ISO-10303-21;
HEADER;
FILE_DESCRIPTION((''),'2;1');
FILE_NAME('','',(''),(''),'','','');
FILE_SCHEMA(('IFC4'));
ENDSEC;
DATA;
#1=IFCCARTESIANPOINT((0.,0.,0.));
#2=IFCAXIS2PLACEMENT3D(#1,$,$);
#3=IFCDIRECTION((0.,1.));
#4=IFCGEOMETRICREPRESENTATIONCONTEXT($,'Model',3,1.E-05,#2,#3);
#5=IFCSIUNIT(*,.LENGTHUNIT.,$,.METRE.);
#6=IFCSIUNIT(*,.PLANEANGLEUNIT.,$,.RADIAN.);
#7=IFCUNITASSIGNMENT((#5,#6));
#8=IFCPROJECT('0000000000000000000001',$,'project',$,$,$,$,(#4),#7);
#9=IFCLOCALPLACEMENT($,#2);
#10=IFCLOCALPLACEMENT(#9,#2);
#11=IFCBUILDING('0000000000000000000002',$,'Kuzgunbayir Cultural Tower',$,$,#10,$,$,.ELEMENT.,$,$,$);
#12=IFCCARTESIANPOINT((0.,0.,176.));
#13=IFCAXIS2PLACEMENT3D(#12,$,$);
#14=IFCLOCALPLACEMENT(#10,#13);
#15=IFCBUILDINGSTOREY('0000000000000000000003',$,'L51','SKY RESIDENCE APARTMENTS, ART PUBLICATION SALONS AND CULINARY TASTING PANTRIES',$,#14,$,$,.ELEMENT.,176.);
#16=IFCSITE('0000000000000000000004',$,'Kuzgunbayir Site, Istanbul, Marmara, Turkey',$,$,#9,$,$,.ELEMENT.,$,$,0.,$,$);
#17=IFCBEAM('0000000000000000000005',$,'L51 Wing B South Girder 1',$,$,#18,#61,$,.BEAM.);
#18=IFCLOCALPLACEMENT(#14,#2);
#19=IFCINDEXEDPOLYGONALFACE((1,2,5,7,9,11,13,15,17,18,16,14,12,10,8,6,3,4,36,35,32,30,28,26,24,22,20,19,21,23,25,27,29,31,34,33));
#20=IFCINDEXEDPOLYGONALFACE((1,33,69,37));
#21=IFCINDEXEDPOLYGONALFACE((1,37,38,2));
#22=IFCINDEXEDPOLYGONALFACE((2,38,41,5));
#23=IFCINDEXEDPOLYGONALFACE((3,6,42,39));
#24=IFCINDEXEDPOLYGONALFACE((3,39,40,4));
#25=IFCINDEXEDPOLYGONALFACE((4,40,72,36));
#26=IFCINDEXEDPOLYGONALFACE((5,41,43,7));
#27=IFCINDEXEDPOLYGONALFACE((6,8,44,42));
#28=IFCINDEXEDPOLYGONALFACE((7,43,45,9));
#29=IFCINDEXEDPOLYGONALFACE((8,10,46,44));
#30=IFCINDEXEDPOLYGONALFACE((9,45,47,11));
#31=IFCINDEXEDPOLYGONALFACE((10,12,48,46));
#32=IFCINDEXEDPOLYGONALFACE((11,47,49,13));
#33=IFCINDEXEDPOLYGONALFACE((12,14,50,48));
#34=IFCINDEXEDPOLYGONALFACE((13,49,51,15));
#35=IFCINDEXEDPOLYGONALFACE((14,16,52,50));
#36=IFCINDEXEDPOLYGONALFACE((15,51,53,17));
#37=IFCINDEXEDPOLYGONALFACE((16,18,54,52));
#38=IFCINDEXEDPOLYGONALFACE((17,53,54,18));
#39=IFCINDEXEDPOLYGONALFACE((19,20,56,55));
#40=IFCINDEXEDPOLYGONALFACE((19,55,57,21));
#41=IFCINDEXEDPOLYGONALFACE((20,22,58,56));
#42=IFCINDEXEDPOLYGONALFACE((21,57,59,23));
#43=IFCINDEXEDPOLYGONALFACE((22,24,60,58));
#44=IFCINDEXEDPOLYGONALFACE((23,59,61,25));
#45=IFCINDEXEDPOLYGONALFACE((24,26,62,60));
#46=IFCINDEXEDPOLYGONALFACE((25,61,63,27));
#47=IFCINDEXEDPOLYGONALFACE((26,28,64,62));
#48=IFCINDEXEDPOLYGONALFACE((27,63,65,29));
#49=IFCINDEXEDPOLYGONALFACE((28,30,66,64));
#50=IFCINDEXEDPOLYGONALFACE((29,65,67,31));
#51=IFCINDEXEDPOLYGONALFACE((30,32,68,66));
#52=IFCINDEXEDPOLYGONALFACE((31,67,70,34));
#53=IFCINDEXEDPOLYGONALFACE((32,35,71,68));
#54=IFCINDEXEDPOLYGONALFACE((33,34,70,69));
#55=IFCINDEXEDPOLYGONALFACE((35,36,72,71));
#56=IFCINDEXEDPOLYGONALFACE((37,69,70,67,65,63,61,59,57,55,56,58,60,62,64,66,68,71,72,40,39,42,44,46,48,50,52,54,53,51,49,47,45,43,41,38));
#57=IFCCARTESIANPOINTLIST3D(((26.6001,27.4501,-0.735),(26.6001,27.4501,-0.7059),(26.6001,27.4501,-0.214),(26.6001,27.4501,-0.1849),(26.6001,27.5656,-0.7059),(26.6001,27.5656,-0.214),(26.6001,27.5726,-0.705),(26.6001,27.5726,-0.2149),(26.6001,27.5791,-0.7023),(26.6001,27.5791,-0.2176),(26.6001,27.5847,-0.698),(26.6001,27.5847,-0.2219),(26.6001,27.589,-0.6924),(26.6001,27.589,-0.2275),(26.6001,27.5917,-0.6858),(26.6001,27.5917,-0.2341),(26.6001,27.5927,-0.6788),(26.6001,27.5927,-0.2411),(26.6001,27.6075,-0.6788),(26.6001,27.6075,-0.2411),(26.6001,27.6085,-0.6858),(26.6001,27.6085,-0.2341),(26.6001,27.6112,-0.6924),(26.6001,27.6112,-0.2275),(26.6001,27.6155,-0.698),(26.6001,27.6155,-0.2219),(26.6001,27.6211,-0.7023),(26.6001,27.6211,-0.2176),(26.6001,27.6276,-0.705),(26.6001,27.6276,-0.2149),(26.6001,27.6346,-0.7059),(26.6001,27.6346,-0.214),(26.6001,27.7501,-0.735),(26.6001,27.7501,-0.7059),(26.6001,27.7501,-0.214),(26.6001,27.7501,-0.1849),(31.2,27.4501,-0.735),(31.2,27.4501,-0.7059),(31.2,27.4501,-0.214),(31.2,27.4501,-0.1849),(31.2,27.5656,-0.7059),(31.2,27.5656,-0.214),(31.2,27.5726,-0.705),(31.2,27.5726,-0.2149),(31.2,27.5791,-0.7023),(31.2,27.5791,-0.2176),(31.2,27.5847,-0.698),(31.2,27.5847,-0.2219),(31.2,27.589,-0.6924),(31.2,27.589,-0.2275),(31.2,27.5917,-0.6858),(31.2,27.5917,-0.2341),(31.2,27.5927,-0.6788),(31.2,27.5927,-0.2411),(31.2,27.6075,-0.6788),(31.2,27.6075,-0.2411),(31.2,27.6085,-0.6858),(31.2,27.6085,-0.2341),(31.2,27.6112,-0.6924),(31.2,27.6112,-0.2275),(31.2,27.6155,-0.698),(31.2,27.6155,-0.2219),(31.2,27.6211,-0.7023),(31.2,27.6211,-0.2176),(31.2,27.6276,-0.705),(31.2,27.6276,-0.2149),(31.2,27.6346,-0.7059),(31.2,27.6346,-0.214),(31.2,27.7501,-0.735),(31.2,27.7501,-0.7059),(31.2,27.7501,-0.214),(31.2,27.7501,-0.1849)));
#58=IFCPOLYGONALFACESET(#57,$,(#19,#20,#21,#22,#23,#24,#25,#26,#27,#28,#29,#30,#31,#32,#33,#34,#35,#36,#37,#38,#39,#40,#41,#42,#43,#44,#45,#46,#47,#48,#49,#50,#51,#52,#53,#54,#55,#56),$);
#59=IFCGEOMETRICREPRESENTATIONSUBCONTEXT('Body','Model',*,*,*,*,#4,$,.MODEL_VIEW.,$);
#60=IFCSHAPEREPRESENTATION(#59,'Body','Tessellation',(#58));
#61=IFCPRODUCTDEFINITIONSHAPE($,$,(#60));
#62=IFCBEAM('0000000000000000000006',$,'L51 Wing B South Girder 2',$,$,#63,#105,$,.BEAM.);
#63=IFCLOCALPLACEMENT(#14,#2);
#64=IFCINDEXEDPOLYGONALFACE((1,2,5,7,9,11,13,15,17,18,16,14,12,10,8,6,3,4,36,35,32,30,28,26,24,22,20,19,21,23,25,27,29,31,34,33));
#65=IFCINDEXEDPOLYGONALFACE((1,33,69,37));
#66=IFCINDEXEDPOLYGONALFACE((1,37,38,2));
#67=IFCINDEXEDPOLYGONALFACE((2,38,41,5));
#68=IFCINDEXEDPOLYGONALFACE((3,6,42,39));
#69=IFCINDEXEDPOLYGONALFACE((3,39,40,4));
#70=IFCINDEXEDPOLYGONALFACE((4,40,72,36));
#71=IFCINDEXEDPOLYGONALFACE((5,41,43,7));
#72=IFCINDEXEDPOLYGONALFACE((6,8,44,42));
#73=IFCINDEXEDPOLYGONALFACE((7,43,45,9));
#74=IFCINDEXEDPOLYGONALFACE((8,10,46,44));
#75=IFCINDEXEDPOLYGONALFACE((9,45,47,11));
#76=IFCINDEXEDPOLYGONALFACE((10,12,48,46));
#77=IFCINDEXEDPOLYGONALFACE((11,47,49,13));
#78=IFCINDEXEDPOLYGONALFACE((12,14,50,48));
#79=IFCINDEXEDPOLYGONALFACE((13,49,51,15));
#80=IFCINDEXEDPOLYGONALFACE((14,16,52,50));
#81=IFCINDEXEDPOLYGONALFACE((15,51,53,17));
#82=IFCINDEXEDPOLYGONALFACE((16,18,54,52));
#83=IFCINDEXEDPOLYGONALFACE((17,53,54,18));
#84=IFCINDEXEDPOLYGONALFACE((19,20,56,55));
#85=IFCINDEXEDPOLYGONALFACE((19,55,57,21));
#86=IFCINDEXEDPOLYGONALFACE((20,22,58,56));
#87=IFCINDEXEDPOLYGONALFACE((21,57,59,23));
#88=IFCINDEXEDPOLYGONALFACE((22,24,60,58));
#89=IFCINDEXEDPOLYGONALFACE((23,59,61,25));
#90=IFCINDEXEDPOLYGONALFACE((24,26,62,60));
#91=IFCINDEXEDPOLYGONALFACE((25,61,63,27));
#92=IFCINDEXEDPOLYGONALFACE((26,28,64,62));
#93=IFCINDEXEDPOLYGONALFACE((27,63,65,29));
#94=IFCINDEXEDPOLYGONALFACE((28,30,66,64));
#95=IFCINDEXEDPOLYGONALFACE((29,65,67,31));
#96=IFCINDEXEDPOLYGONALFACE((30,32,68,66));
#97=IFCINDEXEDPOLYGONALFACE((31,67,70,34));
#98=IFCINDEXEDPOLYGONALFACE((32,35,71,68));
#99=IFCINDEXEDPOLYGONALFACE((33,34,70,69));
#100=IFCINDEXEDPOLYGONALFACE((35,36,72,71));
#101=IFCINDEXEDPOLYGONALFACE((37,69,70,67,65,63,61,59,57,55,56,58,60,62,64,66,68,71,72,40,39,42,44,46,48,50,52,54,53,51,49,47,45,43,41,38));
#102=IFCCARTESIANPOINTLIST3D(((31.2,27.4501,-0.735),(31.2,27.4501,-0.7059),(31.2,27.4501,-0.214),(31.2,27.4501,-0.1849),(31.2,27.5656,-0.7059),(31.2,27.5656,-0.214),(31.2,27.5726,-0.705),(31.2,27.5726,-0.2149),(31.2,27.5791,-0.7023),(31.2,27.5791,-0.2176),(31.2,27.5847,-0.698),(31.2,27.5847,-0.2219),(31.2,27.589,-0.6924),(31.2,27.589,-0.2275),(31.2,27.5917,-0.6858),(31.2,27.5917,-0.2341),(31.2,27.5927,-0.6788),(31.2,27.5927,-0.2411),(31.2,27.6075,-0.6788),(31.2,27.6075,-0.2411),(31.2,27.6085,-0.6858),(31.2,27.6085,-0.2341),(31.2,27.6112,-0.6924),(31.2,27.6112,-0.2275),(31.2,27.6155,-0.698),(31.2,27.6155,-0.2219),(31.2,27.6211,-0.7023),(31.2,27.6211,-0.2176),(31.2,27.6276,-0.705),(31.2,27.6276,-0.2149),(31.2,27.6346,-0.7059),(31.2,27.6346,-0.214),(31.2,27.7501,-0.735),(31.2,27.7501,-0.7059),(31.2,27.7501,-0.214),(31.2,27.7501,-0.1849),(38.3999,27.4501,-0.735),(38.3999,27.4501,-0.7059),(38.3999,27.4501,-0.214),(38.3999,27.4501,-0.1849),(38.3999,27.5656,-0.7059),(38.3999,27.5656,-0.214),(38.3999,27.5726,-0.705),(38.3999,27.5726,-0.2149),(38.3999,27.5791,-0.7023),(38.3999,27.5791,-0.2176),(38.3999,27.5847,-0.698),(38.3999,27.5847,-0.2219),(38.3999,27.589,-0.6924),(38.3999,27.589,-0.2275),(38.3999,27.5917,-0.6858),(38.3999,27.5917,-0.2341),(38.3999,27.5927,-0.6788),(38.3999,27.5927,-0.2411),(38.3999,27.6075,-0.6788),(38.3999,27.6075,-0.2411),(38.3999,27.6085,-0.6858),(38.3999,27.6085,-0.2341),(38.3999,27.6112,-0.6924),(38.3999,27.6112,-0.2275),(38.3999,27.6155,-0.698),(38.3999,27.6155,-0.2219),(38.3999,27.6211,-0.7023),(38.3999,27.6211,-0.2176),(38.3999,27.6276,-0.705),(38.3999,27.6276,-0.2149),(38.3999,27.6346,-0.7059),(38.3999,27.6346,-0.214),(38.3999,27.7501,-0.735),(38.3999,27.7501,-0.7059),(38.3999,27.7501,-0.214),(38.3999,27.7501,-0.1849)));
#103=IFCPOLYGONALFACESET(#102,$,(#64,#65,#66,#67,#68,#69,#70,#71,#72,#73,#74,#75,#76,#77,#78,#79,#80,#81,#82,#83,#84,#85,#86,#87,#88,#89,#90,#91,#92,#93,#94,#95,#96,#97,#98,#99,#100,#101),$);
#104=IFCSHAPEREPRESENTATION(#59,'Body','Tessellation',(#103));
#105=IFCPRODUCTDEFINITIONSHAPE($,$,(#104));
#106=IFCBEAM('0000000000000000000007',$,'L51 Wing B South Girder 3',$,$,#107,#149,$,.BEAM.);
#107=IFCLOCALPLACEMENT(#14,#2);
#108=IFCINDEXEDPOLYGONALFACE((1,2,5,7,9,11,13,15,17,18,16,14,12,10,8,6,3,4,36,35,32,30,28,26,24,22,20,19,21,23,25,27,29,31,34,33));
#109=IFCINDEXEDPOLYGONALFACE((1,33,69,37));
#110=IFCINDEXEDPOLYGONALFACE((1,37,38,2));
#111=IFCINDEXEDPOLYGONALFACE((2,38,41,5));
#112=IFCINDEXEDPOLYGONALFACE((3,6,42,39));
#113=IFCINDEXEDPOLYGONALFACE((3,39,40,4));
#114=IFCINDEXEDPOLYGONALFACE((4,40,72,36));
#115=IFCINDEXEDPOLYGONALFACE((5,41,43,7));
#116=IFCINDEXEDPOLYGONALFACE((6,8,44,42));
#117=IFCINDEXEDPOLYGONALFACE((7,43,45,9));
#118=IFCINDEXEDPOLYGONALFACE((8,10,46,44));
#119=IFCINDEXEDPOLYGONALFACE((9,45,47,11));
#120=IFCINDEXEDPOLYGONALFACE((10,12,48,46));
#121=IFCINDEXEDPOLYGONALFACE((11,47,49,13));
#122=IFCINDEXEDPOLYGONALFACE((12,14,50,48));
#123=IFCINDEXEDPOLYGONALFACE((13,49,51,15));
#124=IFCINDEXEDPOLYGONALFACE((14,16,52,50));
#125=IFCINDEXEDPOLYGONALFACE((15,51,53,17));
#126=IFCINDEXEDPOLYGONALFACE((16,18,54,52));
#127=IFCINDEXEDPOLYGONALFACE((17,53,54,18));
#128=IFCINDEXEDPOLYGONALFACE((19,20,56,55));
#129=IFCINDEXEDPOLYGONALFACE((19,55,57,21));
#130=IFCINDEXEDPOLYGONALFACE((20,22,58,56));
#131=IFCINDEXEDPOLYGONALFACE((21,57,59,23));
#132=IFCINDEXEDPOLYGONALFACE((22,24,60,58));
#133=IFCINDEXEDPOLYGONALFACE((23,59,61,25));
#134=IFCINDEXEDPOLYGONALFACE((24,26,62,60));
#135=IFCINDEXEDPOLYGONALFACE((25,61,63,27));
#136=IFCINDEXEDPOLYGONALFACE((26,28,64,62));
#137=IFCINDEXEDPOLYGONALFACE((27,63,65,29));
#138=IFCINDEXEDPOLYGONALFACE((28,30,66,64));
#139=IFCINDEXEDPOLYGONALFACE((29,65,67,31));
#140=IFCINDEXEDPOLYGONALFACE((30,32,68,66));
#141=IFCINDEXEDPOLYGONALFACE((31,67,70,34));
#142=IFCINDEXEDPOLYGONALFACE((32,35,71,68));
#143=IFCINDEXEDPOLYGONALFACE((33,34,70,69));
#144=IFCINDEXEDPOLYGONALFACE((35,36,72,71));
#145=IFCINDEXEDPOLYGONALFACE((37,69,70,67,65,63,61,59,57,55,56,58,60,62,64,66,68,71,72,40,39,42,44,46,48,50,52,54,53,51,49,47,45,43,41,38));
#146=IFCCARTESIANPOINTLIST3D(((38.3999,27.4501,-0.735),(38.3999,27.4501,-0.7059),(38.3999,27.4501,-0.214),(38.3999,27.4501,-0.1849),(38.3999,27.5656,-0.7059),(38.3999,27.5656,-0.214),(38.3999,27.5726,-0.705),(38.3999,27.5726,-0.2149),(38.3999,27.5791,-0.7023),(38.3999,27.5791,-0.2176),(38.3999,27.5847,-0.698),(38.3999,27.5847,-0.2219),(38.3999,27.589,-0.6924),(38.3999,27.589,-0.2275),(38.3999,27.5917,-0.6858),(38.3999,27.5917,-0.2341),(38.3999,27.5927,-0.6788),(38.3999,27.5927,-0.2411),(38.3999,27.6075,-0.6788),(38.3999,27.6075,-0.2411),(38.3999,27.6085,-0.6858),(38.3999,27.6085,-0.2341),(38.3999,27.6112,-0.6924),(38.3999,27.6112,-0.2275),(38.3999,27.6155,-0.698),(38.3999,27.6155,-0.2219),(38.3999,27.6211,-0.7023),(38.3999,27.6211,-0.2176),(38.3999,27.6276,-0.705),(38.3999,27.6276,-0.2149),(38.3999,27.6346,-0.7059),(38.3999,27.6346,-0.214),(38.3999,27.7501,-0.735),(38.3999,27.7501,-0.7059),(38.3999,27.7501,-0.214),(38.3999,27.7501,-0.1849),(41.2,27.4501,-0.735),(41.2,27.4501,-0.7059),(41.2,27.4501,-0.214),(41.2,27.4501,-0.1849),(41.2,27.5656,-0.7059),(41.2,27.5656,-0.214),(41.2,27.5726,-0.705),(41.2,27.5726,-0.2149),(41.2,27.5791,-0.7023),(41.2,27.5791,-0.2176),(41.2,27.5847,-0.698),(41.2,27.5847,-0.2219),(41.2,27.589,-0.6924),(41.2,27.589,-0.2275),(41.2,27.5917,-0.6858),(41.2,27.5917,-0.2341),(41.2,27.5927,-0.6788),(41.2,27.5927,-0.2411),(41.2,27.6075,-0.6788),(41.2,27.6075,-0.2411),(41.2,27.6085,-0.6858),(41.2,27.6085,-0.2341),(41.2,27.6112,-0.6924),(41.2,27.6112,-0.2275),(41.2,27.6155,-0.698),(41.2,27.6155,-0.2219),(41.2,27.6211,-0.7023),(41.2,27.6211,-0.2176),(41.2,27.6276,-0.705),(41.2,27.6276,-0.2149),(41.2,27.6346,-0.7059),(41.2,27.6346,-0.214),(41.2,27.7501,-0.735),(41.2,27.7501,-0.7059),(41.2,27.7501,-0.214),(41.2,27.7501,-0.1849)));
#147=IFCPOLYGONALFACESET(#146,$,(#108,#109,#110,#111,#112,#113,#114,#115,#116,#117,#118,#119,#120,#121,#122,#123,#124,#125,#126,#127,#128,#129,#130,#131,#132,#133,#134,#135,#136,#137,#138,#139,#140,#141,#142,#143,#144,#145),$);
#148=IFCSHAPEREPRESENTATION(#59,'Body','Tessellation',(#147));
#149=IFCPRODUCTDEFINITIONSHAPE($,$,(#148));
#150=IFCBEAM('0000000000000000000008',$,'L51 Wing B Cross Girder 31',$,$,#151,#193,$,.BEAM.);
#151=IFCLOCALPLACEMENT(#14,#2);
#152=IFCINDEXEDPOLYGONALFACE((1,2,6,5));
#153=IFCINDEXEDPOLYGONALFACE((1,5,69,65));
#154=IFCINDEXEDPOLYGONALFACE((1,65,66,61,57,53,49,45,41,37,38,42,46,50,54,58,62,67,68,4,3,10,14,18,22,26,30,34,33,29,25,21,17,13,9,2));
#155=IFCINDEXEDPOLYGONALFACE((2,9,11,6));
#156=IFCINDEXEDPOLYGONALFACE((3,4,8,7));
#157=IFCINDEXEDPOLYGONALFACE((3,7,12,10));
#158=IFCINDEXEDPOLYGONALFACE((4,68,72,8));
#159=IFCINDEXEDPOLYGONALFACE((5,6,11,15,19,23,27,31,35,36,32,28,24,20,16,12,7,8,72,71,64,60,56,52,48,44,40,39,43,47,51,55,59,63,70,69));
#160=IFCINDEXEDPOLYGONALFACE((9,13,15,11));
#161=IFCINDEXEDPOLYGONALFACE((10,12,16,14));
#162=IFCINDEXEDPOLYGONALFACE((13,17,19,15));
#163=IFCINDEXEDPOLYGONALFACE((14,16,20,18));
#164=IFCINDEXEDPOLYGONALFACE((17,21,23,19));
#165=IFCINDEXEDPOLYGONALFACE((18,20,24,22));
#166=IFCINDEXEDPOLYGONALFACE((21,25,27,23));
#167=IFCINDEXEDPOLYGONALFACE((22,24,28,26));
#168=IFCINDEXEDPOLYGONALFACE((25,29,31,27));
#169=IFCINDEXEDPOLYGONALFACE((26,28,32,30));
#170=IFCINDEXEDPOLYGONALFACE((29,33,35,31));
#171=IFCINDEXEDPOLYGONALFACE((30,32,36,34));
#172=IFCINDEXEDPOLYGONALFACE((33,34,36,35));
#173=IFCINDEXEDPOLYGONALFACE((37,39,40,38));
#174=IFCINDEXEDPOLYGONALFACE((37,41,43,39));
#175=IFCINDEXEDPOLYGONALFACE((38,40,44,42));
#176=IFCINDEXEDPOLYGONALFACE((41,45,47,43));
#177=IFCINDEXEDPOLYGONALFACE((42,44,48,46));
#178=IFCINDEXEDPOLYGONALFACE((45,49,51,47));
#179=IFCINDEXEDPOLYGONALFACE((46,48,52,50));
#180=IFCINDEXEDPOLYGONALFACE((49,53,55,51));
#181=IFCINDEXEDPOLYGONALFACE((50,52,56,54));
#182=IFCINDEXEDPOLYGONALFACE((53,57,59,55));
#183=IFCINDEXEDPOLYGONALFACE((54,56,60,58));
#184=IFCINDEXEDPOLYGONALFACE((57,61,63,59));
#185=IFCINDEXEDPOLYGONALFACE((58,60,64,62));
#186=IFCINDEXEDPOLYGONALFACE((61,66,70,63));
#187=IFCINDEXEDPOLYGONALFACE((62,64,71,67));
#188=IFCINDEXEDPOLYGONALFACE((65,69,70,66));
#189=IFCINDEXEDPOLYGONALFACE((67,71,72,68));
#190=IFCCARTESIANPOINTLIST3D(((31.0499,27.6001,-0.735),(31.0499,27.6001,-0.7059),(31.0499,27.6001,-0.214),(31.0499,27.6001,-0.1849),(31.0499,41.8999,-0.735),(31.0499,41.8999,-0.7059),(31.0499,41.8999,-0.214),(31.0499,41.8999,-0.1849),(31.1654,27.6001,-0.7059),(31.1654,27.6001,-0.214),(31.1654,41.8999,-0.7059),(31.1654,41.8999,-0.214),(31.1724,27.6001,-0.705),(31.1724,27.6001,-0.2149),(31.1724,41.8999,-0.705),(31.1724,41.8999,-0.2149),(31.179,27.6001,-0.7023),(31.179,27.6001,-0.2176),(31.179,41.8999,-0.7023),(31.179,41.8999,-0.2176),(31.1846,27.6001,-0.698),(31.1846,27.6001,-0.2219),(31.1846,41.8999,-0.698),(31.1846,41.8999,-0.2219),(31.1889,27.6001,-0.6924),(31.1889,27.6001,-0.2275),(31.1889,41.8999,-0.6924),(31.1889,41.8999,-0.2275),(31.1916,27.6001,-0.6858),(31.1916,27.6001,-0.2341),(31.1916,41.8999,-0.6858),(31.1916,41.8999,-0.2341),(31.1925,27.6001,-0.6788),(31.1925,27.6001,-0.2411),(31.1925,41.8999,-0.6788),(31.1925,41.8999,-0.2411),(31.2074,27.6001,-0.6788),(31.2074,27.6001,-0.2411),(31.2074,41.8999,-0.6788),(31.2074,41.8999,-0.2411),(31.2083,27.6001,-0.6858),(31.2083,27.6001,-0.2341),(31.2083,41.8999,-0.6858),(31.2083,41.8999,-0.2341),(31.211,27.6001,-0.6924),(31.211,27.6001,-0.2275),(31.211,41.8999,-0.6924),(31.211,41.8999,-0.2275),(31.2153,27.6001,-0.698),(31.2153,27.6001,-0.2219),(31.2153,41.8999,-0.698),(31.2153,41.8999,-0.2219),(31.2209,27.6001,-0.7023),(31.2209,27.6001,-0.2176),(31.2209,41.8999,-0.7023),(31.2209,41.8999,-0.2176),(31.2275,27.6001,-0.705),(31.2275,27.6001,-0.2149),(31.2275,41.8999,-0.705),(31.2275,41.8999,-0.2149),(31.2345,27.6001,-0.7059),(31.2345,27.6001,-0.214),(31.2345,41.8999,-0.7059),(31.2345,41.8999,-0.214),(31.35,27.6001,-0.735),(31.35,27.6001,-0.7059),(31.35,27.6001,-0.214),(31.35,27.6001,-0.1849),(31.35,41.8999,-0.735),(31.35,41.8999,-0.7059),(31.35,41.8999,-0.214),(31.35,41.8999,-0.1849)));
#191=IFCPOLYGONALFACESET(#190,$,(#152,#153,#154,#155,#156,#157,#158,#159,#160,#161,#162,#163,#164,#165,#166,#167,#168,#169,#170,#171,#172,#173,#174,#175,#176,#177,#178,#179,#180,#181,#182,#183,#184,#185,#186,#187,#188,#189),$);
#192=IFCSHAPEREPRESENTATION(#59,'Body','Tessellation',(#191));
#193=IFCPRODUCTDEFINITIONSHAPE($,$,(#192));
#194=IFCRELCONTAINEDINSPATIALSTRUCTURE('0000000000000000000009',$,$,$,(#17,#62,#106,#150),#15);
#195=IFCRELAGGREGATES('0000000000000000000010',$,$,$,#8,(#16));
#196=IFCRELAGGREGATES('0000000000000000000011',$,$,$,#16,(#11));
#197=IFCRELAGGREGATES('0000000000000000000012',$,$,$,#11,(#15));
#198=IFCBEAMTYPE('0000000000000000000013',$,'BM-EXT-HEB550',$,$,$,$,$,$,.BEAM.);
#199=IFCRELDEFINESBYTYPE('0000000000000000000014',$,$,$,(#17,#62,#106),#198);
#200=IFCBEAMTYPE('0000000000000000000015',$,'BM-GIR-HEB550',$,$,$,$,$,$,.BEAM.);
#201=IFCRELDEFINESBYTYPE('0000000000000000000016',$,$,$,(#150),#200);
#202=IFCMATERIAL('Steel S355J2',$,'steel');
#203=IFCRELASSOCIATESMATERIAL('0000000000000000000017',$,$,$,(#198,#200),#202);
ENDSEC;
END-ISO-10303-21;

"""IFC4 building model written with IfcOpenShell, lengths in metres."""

from ifc_helpers import new_model, si_unit, direction, frame, origin, origin_2d, place, context, subcontext, project, spatial, i_section, extrude, material, material_profile, profile_set, type_object, element, save


model = new_model("IFC4")

# Units and contexts
model_context = context("Model", 3, precision=1e-05, world=origin(), true_north=direction((0.0, 1.0)))
body_context = subcontext(model_context, "Body", "Model", "MODEL_VIEW")
ifc_project = project(units=[si_unit("LENGTHUNIT", "METRE"), si_unit("PLANEANGLEUNIT", "RADIAN")], contexts=[model_context])

# Site, building, storey
site_placement = place(None, origin())
site = spatial("IfcSite", under=ifc_project, at=site_placement, Name="Kuzgunbayir Site, Istanbul, Marmara, Turkey", CompositionType="ELEMENT", RefElevation=0.0)
building_placement = place(site_placement, origin())
building = spatial("IfcBuilding", under=site, at=building_placement, Name="Kuzgunbayir Cultural Tower", CompositionType="ELEMENT")
storey_placement = place(building_placement, frame((0.0, 0.0, 176.0)))
storey = spatial("IfcBuildingStorey", under=building, at=storey_placement, Name="L51", Description="SKY RESIDENCE APARTMENTS, ART PUBLICATION SALONS AND CULINARY TASTING PANTRIES", CompositionType="ELEMENT", Elevation=176.0)

# Beams
ifc_material_1 = material(Name="Steel S355J2", Category="steel")
ifc_material_profile_1 = material_profile(ifc_material_1, i_section(OverallWidth=0.3, OverallDepth=0.55, WebThickness=0.0149, FlangeThickness=0.0291, FilletRadius=0.0271, at=origin_2d()), Name="HEB 550")
ifc_profile_set_1 = profile_set([ifc_material_profile_1], Name="Steel S355J2")
beam_type_1 = type_object("IfcBeamType", Name="BM-EXT-HEB550", PredefinedType="BEAM", material=ifc_profile_set_1)
beam_1_placement = place(storey_placement, frame((26.6001, 27.6001, -0.46), z_axis=(1.0, 0.0, 0.0), x_axis=(0.0, 1.0, 0.0)))
element("IfcBeam", 1, at=beam_1_placement, inside=storey, type_object=beam_type_1, Name="L51 Wing B South Girder 1", PredefinedType="BEAM", context=body_context, shape_type="SweptSolid", body=[
    extrude(i_section(OverallWidth=0.3, OverallDepth=0.55, WebThickness=0.0149, FlangeThickness=0.0291, FilletRadius=0.0271, at=origin_2d()), origin(), (0.0, 0.0, 1.0), 4.5999),
])
beam_2_placement = place(storey_placement, frame((31.2, 27.6001, -0.46), z_axis=(1.0, 0.0, 0.0), x_axis=(0.0, 1.0, 0.0)))
element("IfcBeam", 2, at=beam_2_placement, inside=storey, type_object=beam_type_1, Name="L51 Wing B South Girder 2", PredefinedType="BEAM", context=body_context, shape_type="SweptSolid", body=[
    extrude(i_section(OverallWidth=0.3, OverallDepth=0.55, WebThickness=0.0149, FlangeThickness=0.0291, FilletRadius=0.0271, at=origin_2d()), origin(), (0.0, 0.0, 1.0), 7.2),
])
beam_3_placement = place(storey_placement, frame((38.3999, 27.6001, -0.46), z_axis=(1.0, 0.0, 0.0), x_axis=(0.0, 1.0, 0.0)))
element("IfcBeam", 3, at=beam_3_placement, inside=storey, type_object=beam_type_1, Name="L51 Wing B South Girder 3", PredefinedType="BEAM", context=body_context, shape_type="SweptSolid", body=[
    extrude(i_section(OverallWidth=0.3, OverallDepth=0.55, WebThickness=0.0149, FlangeThickness=0.0291, FilletRadius=0.0271, at=origin_2d()), origin(), (0.0, 0.0, 1.0), 2.8),
])
ifc_material_profile_2 = material_profile(ifc_material_1, i_section(OverallWidth=0.3, OverallDepth=0.55, WebThickness=0.0149, FlangeThickness=0.0291, FilletRadius=0.0271, at=origin_2d()), Name="HEB 550")
ifc_profile_set_2 = profile_set([ifc_material_profile_2], Name="Steel S355J2")
beam_type_2 = type_object("IfcBeamType", Name="BM-GIR-HEB550", PredefinedType="BEAM", material=ifc_profile_set_2)
beam_4_placement = place(storey_placement, frame((31.2, 27.6001, -0.46), z_axis=(0.0, 1.0, 0.0), x_axis=(-1.0, 0.0, 0.0)))
element("IfcBeam", 4, at=beam_4_placement, inside=storey, type_object=beam_type_2, Name="L51 Wing B Cross Girder 31", PredefinedType="BEAM", context=body_context, shape_type="SweptSolid", body=[
    extrude(i_section(OverallWidth=0.3, OverallDepth=0.55, WebThickness=0.0149, FlangeThickness=0.0291, FilletRadius=0.0271, at=origin_2d()), origin(), (0.0, 0.0, 1.0), 14.2998),
])

save(model, "model.ifc")
